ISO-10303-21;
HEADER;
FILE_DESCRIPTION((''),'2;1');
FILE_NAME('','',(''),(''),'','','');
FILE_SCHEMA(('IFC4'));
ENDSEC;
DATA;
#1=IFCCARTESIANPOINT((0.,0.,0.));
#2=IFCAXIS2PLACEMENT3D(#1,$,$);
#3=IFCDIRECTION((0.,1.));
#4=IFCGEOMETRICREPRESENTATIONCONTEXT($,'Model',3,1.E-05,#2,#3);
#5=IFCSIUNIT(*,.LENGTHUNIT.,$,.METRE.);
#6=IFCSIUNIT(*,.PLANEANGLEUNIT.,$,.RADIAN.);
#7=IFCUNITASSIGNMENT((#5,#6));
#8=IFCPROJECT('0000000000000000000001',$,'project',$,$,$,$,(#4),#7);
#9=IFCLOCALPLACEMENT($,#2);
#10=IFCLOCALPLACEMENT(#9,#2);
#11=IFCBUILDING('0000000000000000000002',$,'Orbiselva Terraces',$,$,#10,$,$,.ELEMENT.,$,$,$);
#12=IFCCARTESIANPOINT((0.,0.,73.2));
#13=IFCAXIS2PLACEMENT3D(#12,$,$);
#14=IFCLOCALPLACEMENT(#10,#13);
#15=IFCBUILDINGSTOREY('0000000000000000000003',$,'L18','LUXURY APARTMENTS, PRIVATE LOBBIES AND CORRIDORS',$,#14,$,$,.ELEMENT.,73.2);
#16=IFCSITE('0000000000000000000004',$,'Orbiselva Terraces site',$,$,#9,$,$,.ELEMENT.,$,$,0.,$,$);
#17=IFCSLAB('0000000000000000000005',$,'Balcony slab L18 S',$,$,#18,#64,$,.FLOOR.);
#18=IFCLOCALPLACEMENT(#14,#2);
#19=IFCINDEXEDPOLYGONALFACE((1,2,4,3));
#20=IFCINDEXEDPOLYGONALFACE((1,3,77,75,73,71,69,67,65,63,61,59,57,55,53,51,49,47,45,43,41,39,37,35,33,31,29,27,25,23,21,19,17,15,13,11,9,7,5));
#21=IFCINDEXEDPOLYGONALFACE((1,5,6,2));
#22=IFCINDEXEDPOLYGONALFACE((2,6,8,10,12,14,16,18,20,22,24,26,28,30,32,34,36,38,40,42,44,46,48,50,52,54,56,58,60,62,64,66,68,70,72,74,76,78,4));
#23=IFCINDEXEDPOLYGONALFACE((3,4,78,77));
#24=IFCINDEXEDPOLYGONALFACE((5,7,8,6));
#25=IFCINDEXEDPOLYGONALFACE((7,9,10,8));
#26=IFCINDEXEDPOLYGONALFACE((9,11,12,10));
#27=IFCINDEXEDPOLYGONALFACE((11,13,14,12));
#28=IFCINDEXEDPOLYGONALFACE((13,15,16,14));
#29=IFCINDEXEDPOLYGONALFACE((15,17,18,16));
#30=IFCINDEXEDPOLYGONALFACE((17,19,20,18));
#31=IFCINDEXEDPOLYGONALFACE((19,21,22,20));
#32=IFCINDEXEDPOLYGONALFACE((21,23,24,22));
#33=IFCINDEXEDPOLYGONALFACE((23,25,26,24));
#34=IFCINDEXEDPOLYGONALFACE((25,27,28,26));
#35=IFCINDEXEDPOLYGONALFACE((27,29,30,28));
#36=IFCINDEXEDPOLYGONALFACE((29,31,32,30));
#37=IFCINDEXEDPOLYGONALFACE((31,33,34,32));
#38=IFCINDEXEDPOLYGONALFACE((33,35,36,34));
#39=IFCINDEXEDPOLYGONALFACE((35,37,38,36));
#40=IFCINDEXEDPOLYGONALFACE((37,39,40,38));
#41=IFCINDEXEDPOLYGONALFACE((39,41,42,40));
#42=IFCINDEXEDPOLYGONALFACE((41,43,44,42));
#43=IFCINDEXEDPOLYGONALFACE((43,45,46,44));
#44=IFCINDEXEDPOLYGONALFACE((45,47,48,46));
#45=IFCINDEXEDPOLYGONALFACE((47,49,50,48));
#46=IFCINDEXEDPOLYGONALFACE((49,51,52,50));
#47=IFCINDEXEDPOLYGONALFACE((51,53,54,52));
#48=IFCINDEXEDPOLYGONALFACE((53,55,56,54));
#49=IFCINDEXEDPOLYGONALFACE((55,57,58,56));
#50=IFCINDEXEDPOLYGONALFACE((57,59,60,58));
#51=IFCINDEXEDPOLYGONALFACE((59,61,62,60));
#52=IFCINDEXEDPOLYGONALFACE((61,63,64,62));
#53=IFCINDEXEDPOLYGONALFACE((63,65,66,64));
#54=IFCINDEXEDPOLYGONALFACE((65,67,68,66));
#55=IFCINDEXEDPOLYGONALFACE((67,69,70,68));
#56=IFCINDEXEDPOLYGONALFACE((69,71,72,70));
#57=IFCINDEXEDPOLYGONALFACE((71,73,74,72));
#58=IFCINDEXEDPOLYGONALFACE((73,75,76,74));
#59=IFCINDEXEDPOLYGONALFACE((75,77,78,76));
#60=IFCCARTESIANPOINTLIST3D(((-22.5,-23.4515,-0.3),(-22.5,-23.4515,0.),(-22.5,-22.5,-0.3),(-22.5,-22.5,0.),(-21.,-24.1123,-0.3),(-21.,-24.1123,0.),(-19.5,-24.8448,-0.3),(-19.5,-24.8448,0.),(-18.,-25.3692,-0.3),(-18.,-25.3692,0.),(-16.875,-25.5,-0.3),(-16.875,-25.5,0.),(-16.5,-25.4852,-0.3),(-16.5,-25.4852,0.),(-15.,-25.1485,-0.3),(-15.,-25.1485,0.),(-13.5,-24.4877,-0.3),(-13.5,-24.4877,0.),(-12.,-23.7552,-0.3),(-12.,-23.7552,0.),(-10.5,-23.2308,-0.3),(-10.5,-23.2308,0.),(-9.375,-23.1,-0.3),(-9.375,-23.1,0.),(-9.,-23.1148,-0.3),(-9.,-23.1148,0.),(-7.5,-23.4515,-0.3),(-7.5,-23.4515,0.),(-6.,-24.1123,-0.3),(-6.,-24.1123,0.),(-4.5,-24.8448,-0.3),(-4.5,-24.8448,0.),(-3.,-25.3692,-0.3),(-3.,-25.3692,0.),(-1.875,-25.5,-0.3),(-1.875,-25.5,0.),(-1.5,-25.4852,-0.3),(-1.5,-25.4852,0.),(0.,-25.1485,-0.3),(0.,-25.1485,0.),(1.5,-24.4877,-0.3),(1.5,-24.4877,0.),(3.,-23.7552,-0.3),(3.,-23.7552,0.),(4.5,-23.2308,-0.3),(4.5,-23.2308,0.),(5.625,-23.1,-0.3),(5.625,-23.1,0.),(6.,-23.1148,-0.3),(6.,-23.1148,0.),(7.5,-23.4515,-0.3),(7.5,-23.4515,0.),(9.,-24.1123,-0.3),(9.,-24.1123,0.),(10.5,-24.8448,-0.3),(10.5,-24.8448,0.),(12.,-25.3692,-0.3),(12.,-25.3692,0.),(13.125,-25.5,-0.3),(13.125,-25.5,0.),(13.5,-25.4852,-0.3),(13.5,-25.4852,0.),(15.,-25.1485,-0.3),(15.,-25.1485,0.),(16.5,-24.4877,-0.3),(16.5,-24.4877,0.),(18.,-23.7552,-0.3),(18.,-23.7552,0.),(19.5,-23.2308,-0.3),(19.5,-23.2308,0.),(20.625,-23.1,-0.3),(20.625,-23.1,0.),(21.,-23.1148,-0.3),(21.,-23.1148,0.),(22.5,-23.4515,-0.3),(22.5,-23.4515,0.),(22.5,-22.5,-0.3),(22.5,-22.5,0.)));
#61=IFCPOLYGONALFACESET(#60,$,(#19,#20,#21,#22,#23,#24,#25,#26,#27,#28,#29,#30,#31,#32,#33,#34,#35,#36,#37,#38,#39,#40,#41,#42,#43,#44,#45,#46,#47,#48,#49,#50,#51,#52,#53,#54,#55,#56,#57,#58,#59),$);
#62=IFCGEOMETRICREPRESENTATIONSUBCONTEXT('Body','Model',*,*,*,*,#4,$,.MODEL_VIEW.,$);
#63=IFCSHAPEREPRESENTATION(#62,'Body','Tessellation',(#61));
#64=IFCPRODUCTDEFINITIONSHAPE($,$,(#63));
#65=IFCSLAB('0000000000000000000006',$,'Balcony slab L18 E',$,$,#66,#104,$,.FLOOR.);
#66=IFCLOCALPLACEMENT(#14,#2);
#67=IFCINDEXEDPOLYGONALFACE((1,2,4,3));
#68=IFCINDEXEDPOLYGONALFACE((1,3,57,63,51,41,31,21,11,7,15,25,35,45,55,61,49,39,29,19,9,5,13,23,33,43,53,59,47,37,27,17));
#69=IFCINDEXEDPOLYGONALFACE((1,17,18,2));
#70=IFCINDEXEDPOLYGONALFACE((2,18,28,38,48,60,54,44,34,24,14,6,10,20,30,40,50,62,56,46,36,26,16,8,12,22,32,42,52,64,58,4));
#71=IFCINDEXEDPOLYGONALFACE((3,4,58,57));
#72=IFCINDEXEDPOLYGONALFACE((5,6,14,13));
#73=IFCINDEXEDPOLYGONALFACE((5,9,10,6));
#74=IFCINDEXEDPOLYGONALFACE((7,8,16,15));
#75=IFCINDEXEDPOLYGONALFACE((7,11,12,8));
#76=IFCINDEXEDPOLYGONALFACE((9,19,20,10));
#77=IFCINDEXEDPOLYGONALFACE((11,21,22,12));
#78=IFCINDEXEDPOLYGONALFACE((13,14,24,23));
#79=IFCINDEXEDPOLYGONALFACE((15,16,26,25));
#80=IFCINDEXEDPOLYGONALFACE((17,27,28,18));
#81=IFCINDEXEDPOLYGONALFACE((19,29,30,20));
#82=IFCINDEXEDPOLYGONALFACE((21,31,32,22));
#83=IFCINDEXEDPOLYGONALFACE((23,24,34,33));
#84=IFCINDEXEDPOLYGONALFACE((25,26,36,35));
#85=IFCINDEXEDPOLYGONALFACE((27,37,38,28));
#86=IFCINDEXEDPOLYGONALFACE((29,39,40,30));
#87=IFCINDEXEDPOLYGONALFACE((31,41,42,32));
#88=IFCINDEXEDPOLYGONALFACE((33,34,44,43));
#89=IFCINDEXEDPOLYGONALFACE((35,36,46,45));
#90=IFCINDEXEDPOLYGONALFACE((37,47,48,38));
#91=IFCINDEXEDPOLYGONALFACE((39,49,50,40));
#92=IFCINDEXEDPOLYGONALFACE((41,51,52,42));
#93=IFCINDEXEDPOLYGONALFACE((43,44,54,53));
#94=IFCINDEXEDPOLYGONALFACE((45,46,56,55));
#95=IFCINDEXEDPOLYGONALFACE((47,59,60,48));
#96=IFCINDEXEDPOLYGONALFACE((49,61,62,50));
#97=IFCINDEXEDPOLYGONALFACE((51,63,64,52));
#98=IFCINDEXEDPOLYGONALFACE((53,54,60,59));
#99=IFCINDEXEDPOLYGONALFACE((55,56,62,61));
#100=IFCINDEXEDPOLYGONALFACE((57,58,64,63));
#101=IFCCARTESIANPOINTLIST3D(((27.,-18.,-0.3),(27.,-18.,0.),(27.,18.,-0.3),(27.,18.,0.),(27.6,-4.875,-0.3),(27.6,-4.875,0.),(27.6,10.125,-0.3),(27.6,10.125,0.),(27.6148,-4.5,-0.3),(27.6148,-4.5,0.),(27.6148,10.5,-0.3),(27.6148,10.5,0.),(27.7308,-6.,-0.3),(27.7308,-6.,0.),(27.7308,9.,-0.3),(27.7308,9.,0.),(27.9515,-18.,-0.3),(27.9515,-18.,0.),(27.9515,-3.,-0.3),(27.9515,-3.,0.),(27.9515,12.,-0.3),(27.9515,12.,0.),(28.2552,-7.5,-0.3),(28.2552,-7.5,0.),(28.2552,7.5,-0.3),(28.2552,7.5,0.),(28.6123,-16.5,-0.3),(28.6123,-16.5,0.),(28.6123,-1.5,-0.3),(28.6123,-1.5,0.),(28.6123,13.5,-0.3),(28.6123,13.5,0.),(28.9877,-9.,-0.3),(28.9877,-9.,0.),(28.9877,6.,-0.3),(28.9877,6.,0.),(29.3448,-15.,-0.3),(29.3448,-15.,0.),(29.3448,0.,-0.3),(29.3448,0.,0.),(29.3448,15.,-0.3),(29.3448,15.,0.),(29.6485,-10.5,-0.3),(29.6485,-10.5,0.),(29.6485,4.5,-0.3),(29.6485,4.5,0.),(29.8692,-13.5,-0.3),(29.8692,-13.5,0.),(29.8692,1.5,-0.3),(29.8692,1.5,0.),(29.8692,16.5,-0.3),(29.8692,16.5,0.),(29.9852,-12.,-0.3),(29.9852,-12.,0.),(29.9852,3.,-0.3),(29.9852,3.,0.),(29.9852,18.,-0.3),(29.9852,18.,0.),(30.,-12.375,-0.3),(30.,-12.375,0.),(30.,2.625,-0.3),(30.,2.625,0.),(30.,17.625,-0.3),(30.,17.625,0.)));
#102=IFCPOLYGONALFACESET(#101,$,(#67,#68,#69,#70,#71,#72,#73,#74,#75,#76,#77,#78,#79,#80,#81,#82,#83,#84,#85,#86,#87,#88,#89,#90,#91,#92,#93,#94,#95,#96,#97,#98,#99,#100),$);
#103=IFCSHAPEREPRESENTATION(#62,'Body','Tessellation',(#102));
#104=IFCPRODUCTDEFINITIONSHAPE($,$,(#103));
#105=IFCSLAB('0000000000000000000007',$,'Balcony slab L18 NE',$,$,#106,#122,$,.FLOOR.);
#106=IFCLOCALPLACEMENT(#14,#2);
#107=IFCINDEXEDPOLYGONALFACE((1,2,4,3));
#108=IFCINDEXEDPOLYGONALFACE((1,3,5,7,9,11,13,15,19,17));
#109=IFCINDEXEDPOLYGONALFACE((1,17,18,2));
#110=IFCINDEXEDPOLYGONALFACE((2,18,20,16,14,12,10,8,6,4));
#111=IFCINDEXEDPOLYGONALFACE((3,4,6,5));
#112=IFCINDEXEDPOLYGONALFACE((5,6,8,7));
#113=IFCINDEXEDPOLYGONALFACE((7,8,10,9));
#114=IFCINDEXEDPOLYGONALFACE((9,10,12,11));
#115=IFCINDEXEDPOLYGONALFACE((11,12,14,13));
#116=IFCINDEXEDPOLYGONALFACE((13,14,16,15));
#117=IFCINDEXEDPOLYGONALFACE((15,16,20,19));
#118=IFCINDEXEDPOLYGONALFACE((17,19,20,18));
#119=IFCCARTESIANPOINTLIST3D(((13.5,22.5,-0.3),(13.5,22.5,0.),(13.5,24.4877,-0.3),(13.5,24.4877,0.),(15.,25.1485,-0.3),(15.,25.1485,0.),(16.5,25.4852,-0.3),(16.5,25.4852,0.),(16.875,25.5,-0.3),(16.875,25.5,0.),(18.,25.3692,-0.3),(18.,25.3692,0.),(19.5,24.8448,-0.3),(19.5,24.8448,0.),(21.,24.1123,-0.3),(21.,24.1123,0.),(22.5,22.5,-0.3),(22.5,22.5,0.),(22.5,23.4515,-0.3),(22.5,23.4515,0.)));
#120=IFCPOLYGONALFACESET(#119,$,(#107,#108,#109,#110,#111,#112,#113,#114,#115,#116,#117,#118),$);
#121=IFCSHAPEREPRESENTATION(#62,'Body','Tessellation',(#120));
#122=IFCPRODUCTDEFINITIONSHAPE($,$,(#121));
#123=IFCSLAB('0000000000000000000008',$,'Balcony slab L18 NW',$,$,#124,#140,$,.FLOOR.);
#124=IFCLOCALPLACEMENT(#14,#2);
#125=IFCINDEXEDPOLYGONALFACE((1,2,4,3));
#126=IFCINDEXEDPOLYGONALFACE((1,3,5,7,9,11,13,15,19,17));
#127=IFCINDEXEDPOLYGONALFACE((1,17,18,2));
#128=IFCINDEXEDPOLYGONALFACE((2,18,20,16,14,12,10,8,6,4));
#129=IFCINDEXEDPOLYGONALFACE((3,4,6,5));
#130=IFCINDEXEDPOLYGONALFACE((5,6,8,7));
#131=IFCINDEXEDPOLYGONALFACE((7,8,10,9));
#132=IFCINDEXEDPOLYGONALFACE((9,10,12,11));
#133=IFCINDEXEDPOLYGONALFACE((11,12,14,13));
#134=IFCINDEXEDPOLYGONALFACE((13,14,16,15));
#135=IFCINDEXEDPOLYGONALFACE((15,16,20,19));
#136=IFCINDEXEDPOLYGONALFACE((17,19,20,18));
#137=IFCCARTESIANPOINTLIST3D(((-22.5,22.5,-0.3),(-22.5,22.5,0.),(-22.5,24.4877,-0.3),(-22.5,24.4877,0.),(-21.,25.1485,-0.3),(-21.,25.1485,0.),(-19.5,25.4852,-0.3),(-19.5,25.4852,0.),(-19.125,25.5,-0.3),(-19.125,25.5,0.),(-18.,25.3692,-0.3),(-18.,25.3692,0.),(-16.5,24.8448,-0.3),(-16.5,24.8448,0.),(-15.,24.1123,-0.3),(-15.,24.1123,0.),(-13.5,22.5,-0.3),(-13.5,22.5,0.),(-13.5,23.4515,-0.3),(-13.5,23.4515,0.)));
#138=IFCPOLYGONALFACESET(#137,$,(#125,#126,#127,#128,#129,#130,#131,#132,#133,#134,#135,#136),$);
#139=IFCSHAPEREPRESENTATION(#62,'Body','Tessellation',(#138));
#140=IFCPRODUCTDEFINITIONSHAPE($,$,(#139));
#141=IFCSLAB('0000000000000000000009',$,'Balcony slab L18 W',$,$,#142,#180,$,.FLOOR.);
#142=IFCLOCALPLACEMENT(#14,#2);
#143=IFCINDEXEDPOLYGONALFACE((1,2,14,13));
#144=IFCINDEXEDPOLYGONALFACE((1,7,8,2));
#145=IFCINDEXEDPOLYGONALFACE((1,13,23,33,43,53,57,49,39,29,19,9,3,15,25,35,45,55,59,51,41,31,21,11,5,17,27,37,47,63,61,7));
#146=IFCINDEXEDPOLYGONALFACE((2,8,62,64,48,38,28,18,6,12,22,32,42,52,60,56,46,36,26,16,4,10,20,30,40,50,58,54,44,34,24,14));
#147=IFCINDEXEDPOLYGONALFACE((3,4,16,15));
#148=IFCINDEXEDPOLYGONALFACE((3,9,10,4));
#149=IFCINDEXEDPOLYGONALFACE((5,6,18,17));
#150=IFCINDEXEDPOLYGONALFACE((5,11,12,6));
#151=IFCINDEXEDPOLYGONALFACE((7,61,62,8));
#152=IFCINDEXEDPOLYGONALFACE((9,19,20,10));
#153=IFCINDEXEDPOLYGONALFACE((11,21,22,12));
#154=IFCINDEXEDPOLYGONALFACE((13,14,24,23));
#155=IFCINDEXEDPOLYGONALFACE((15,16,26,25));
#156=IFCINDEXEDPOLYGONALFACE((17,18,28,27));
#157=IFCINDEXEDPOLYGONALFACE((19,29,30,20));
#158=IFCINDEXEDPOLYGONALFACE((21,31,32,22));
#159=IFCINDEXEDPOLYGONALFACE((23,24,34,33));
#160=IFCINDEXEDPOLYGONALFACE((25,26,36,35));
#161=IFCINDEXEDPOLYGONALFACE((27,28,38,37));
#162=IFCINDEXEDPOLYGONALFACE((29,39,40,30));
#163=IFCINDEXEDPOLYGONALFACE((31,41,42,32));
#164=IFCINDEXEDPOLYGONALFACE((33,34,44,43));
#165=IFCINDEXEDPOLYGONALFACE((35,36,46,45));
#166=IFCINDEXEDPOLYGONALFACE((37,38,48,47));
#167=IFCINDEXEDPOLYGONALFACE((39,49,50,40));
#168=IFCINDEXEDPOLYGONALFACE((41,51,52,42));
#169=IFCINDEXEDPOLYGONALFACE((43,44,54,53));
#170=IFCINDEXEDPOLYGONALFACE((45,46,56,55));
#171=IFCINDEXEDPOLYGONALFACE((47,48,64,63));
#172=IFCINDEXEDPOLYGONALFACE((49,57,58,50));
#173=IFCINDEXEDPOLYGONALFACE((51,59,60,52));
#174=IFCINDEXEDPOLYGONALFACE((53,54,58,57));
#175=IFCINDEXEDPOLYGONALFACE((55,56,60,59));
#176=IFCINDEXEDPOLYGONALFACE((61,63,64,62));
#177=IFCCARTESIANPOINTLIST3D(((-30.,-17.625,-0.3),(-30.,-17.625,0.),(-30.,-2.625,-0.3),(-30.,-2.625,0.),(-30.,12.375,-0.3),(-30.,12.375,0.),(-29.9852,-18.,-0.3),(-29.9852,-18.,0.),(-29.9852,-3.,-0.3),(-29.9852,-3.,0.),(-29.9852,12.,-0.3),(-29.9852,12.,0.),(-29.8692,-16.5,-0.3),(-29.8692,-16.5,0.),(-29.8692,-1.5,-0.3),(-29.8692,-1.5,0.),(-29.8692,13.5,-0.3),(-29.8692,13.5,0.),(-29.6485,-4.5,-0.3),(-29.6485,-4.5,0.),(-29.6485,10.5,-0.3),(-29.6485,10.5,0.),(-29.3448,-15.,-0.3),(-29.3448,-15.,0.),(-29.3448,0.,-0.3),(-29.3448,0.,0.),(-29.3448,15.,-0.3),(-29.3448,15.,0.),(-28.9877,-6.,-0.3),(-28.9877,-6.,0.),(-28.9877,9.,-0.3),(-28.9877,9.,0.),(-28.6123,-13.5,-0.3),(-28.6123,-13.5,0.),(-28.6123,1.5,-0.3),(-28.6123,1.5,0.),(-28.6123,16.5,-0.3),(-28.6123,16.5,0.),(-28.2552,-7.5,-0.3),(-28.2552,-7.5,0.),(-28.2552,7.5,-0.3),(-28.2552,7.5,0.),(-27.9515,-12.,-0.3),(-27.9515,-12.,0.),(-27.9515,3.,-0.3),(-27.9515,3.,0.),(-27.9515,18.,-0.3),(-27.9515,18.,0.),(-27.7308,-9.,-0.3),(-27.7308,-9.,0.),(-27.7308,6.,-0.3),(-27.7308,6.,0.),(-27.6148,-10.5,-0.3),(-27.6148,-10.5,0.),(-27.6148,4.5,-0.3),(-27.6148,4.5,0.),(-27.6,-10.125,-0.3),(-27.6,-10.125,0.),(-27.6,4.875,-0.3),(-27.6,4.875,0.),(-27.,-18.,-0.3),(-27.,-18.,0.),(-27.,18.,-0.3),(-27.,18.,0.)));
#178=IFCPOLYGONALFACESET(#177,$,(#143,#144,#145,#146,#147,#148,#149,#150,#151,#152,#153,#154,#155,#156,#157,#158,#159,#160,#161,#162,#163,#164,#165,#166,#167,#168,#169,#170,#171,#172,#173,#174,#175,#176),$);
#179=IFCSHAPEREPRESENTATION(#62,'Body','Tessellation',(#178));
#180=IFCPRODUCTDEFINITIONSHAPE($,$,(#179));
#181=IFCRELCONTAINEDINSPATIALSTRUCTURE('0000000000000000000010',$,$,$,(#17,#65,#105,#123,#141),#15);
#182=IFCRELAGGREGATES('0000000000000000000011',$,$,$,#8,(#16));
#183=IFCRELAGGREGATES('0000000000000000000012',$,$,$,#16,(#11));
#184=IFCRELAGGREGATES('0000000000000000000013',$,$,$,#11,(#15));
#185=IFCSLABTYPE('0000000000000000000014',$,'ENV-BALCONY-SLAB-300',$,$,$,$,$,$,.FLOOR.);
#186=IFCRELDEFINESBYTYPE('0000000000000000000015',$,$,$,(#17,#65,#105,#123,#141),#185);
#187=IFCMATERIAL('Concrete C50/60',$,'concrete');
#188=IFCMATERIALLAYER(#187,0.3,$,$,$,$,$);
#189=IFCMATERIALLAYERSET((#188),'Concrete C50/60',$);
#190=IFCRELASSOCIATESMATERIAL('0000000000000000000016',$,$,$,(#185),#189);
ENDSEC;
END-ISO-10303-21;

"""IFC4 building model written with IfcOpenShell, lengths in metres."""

from ifc_helpers import new_model, si_unit, direction, frame, origin, place, context, subcontext, project, spatial, polyline, outline, extrude, material, layer, layer_set, type_object, element, save


model = new_model("IFC4")

# Units and contexts
model_context = context("Model", 3, precision=1e-05, world=origin(), true_north=direction((0.0, 1.0)))
body_context = subcontext(model_context, "Body", "Model", "MODEL_VIEW")
ifc_project = project(units=[si_unit("LENGTHUNIT", "METRE"), si_unit("PLANEANGLEUNIT", "RADIAN")], contexts=[model_context])

# Site, building, storey
site_placement = place(None, origin())
site = spatial("IfcSite", under=ifc_project, at=site_placement, Name="Orbiselva Terraces site", CompositionType="ELEMENT", RefElevation=0.0)
building_placement = place(site_placement, origin())
building = spatial("IfcBuilding", under=site, at=building_placement, Name="Orbiselva Terraces", CompositionType="ELEMENT")
storey_placement = place(building_placement, frame((0.0, 0.0, 73.2)))
storey = spatial("IfcBuildingStorey", under=building, at=storey_placement, Name="L18", Description="LUXURY APARTMENTS, PRIVATE LOBBIES AND CORRIDORS", CompositionType="ELEMENT", Elevation=73.2)

# Slabs
ifc_material_1 = material(Name="Concrete C50/60", Category="concrete")
ifc_layer_1 = layer(ifc_material_1, 0.3)
ifc_layer_set_1 = layer_set([ifc_layer_1], Name="Concrete C50/60")
slab_type_1 = type_object("IfcSlabType", Name="ENV-BALCONY-SLAB-300", PredefinedType="FLOOR", material=ifc_layer_set_1)
slab_1_placement = place(storey_placement, frame((0.0, 0.0, -0.3)))
element("IfcSlab", 1, at=slab_1_placement, inside=storey, type_object=slab_type_1, Name="Balcony slab L18 S", PredefinedType="FLOOR", context=body_context, shape_type="SweptSolid", body=[
    extrude(outline(polyline([(-22.5, -23.4515), (-21.0, -24.1123), (-19.5, -24.8448), (-18.0, -25.3692), (-16.875, -25.5), (-16.5, -25.4852), (-15.0, -25.1485), (-13.5, -24.4877), (-12.0, -23.7552), (-10.5, -23.2308), (-9.375, -23.1), (-9.0, -23.1148), (-7.5, -23.4515), (-6.0, -24.1123), (-4.5, -24.8448), (-3.0, -25.3692), (-1.875, -25.5), (-1.5, -25.4852), (0.0, -25.1485), (1.5, -24.4877), (3.0, -23.7552), (4.5, -23.2308), (5.625, -23.1), (6.0, -23.1148), (7.5, -23.4515), (9.0, -24.1123), (10.5, -24.8448), (12.0, -25.3692), (13.125, -25.5), (13.5, -25.4852), (15.0, -25.1485), (16.5, -24.4877), (18.0, -23.7552), (19.5, -23.2308), (20.625, -23.1), (21.0, -23.1148), (22.5, -23.4515), (22.5, -22.5), (-22.5, -22.5), (-22.5, -23.4515)])), origin(), (0.0, 0.0, 1.0), 0.3),
])
slab_2_placement = place(storey_placement, frame((0.0, 0.0, -0.3)))
element("IfcSlab", 2, at=slab_2_placement, inside=storey, type_object=slab_type_1, Name="Balcony slab L18 E", PredefinedType="FLOOR", context=body_context, shape_type="SweptSolid", body=[
    extrude(outline(polyline([(27.9515, -18.0), (28.6123, -16.5), (29.3448, -15.0), (29.8692, -13.5), (30.0, -12.375), (29.9852, -12.0), (29.6485, -10.5), (28.9877, -9.0), (28.2552, -7.5), (27.7308, -6.0), (27.6, -4.875), (27.6148, -4.5), (27.9515, -3.0), (28.6123, -1.5), (29.3448, 0.0), (29.8692, 1.5), (30.0, 2.625), (29.9852, 3.0), (29.6485, 4.5), (28.9877, 6.0), (28.2552, 7.5), (27.7308, 9.0), (27.6, 10.125), (27.6148, 10.5), (27.9515, 12.0), (28.6123, 13.5), (29.3448, 15.0), (29.8692, 16.5), (30.0, 17.625), (29.9852, 18.0), (27.0, 18.0), (27.0, -18.0), (27.9515, -18.0)])), origin(), (0.0, 0.0, 1.0), 0.3),
])
slab_3_placement = place(storey_placement, frame((0.0, 0.0, -0.3)))
element("IfcSlab", 3, at=slab_3_placement, inside=storey, type_object=slab_type_1, Name="Balcony slab L18 NE", PredefinedType="FLOOR", context=body_context, shape_type="SweptSolid", body=[
    extrude(outline(polyline([(22.5, 23.4515), (21.0, 24.1123), (19.5, 24.8448), (18.0, 25.3692), (16.875, 25.5), (16.5, 25.4852), (15.0, 25.1485), (13.5, 24.4877), (13.5, 22.5), (22.5, 22.5), (22.5, 23.4515)])), origin(), (0.0, 0.0, 1.0), 0.3),
])
slab_4_placement = place(storey_placement, frame((0.0, 0.0, -0.3)))
element("IfcSlab", 4, at=slab_4_placement, inside=storey, type_object=slab_type_1, Name="Balcony slab L18 NW", PredefinedType="FLOOR", context=body_context, shape_type="SweptSolid", body=[
    extrude(outline(polyline([(-13.5, 23.4515), (-15.0, 24.1123), (-16.5, 24.8448), (-18.0, 25.3692), (-19.125, 25.5), (-19.5, 25.4852), (-21.0, 25.1485), (-22.5, 24.4877), (-22.5, 22.5), (-13.5, 22.5), (-13.5, 23.4515)])), origin(), (0.0, 0.0, 1.0), 0.3),
])
slab_5_placement = place(storey_placement, frame((0.0, 0.0, -0.3)))
element("IfcSlab", 5, at=slab_5_placement, inside=storey, type_object=slab_type_1, Name="Balcony slab L18 W", PredefinedType="FLOOR", context=body_context, shape_type="SweptSolid", body=[
    extrude(outline(polyline([(-27.9515, 18.0), (-28.6123, 16.5), (-29.3448, 15.0), (-29.8692, 13.5), (-30.0, 12.375), (-29.9852, 12.0), (-29.6485, 10.5), (-28.9877, 9.0), (-28.2552, 7.5), (-27.7308, 6.0), (-27.6, 4.875), (-27.6148, 4.5), (-27.9515, 3.0), (-28.6123, 1.5), (-29.3448, 0.0), (-29.8692, -1.5), (-30.0, -2.625), (-29.9852, -3.0), (-29.6485, -4.5), (-28.9877, -6.0), (-28.2552, -7.5), (-27.7308, -9.0), (-27.6, -10.125), (-27.6148, -10.5), (-27.9515, -12.0), (-28.6123, -13.5), (-29.3448, -15.0), (-29.8692, -16.5), (-30.0, -17.625), (-29.9852, -18.0), (-27.0, -18.0), (-27.0, 18.0), (-27.9515, 18.0)])), origin(), (0.0, 0.0, 1.0), 0.3),
])

save(model, "model.ifc")
